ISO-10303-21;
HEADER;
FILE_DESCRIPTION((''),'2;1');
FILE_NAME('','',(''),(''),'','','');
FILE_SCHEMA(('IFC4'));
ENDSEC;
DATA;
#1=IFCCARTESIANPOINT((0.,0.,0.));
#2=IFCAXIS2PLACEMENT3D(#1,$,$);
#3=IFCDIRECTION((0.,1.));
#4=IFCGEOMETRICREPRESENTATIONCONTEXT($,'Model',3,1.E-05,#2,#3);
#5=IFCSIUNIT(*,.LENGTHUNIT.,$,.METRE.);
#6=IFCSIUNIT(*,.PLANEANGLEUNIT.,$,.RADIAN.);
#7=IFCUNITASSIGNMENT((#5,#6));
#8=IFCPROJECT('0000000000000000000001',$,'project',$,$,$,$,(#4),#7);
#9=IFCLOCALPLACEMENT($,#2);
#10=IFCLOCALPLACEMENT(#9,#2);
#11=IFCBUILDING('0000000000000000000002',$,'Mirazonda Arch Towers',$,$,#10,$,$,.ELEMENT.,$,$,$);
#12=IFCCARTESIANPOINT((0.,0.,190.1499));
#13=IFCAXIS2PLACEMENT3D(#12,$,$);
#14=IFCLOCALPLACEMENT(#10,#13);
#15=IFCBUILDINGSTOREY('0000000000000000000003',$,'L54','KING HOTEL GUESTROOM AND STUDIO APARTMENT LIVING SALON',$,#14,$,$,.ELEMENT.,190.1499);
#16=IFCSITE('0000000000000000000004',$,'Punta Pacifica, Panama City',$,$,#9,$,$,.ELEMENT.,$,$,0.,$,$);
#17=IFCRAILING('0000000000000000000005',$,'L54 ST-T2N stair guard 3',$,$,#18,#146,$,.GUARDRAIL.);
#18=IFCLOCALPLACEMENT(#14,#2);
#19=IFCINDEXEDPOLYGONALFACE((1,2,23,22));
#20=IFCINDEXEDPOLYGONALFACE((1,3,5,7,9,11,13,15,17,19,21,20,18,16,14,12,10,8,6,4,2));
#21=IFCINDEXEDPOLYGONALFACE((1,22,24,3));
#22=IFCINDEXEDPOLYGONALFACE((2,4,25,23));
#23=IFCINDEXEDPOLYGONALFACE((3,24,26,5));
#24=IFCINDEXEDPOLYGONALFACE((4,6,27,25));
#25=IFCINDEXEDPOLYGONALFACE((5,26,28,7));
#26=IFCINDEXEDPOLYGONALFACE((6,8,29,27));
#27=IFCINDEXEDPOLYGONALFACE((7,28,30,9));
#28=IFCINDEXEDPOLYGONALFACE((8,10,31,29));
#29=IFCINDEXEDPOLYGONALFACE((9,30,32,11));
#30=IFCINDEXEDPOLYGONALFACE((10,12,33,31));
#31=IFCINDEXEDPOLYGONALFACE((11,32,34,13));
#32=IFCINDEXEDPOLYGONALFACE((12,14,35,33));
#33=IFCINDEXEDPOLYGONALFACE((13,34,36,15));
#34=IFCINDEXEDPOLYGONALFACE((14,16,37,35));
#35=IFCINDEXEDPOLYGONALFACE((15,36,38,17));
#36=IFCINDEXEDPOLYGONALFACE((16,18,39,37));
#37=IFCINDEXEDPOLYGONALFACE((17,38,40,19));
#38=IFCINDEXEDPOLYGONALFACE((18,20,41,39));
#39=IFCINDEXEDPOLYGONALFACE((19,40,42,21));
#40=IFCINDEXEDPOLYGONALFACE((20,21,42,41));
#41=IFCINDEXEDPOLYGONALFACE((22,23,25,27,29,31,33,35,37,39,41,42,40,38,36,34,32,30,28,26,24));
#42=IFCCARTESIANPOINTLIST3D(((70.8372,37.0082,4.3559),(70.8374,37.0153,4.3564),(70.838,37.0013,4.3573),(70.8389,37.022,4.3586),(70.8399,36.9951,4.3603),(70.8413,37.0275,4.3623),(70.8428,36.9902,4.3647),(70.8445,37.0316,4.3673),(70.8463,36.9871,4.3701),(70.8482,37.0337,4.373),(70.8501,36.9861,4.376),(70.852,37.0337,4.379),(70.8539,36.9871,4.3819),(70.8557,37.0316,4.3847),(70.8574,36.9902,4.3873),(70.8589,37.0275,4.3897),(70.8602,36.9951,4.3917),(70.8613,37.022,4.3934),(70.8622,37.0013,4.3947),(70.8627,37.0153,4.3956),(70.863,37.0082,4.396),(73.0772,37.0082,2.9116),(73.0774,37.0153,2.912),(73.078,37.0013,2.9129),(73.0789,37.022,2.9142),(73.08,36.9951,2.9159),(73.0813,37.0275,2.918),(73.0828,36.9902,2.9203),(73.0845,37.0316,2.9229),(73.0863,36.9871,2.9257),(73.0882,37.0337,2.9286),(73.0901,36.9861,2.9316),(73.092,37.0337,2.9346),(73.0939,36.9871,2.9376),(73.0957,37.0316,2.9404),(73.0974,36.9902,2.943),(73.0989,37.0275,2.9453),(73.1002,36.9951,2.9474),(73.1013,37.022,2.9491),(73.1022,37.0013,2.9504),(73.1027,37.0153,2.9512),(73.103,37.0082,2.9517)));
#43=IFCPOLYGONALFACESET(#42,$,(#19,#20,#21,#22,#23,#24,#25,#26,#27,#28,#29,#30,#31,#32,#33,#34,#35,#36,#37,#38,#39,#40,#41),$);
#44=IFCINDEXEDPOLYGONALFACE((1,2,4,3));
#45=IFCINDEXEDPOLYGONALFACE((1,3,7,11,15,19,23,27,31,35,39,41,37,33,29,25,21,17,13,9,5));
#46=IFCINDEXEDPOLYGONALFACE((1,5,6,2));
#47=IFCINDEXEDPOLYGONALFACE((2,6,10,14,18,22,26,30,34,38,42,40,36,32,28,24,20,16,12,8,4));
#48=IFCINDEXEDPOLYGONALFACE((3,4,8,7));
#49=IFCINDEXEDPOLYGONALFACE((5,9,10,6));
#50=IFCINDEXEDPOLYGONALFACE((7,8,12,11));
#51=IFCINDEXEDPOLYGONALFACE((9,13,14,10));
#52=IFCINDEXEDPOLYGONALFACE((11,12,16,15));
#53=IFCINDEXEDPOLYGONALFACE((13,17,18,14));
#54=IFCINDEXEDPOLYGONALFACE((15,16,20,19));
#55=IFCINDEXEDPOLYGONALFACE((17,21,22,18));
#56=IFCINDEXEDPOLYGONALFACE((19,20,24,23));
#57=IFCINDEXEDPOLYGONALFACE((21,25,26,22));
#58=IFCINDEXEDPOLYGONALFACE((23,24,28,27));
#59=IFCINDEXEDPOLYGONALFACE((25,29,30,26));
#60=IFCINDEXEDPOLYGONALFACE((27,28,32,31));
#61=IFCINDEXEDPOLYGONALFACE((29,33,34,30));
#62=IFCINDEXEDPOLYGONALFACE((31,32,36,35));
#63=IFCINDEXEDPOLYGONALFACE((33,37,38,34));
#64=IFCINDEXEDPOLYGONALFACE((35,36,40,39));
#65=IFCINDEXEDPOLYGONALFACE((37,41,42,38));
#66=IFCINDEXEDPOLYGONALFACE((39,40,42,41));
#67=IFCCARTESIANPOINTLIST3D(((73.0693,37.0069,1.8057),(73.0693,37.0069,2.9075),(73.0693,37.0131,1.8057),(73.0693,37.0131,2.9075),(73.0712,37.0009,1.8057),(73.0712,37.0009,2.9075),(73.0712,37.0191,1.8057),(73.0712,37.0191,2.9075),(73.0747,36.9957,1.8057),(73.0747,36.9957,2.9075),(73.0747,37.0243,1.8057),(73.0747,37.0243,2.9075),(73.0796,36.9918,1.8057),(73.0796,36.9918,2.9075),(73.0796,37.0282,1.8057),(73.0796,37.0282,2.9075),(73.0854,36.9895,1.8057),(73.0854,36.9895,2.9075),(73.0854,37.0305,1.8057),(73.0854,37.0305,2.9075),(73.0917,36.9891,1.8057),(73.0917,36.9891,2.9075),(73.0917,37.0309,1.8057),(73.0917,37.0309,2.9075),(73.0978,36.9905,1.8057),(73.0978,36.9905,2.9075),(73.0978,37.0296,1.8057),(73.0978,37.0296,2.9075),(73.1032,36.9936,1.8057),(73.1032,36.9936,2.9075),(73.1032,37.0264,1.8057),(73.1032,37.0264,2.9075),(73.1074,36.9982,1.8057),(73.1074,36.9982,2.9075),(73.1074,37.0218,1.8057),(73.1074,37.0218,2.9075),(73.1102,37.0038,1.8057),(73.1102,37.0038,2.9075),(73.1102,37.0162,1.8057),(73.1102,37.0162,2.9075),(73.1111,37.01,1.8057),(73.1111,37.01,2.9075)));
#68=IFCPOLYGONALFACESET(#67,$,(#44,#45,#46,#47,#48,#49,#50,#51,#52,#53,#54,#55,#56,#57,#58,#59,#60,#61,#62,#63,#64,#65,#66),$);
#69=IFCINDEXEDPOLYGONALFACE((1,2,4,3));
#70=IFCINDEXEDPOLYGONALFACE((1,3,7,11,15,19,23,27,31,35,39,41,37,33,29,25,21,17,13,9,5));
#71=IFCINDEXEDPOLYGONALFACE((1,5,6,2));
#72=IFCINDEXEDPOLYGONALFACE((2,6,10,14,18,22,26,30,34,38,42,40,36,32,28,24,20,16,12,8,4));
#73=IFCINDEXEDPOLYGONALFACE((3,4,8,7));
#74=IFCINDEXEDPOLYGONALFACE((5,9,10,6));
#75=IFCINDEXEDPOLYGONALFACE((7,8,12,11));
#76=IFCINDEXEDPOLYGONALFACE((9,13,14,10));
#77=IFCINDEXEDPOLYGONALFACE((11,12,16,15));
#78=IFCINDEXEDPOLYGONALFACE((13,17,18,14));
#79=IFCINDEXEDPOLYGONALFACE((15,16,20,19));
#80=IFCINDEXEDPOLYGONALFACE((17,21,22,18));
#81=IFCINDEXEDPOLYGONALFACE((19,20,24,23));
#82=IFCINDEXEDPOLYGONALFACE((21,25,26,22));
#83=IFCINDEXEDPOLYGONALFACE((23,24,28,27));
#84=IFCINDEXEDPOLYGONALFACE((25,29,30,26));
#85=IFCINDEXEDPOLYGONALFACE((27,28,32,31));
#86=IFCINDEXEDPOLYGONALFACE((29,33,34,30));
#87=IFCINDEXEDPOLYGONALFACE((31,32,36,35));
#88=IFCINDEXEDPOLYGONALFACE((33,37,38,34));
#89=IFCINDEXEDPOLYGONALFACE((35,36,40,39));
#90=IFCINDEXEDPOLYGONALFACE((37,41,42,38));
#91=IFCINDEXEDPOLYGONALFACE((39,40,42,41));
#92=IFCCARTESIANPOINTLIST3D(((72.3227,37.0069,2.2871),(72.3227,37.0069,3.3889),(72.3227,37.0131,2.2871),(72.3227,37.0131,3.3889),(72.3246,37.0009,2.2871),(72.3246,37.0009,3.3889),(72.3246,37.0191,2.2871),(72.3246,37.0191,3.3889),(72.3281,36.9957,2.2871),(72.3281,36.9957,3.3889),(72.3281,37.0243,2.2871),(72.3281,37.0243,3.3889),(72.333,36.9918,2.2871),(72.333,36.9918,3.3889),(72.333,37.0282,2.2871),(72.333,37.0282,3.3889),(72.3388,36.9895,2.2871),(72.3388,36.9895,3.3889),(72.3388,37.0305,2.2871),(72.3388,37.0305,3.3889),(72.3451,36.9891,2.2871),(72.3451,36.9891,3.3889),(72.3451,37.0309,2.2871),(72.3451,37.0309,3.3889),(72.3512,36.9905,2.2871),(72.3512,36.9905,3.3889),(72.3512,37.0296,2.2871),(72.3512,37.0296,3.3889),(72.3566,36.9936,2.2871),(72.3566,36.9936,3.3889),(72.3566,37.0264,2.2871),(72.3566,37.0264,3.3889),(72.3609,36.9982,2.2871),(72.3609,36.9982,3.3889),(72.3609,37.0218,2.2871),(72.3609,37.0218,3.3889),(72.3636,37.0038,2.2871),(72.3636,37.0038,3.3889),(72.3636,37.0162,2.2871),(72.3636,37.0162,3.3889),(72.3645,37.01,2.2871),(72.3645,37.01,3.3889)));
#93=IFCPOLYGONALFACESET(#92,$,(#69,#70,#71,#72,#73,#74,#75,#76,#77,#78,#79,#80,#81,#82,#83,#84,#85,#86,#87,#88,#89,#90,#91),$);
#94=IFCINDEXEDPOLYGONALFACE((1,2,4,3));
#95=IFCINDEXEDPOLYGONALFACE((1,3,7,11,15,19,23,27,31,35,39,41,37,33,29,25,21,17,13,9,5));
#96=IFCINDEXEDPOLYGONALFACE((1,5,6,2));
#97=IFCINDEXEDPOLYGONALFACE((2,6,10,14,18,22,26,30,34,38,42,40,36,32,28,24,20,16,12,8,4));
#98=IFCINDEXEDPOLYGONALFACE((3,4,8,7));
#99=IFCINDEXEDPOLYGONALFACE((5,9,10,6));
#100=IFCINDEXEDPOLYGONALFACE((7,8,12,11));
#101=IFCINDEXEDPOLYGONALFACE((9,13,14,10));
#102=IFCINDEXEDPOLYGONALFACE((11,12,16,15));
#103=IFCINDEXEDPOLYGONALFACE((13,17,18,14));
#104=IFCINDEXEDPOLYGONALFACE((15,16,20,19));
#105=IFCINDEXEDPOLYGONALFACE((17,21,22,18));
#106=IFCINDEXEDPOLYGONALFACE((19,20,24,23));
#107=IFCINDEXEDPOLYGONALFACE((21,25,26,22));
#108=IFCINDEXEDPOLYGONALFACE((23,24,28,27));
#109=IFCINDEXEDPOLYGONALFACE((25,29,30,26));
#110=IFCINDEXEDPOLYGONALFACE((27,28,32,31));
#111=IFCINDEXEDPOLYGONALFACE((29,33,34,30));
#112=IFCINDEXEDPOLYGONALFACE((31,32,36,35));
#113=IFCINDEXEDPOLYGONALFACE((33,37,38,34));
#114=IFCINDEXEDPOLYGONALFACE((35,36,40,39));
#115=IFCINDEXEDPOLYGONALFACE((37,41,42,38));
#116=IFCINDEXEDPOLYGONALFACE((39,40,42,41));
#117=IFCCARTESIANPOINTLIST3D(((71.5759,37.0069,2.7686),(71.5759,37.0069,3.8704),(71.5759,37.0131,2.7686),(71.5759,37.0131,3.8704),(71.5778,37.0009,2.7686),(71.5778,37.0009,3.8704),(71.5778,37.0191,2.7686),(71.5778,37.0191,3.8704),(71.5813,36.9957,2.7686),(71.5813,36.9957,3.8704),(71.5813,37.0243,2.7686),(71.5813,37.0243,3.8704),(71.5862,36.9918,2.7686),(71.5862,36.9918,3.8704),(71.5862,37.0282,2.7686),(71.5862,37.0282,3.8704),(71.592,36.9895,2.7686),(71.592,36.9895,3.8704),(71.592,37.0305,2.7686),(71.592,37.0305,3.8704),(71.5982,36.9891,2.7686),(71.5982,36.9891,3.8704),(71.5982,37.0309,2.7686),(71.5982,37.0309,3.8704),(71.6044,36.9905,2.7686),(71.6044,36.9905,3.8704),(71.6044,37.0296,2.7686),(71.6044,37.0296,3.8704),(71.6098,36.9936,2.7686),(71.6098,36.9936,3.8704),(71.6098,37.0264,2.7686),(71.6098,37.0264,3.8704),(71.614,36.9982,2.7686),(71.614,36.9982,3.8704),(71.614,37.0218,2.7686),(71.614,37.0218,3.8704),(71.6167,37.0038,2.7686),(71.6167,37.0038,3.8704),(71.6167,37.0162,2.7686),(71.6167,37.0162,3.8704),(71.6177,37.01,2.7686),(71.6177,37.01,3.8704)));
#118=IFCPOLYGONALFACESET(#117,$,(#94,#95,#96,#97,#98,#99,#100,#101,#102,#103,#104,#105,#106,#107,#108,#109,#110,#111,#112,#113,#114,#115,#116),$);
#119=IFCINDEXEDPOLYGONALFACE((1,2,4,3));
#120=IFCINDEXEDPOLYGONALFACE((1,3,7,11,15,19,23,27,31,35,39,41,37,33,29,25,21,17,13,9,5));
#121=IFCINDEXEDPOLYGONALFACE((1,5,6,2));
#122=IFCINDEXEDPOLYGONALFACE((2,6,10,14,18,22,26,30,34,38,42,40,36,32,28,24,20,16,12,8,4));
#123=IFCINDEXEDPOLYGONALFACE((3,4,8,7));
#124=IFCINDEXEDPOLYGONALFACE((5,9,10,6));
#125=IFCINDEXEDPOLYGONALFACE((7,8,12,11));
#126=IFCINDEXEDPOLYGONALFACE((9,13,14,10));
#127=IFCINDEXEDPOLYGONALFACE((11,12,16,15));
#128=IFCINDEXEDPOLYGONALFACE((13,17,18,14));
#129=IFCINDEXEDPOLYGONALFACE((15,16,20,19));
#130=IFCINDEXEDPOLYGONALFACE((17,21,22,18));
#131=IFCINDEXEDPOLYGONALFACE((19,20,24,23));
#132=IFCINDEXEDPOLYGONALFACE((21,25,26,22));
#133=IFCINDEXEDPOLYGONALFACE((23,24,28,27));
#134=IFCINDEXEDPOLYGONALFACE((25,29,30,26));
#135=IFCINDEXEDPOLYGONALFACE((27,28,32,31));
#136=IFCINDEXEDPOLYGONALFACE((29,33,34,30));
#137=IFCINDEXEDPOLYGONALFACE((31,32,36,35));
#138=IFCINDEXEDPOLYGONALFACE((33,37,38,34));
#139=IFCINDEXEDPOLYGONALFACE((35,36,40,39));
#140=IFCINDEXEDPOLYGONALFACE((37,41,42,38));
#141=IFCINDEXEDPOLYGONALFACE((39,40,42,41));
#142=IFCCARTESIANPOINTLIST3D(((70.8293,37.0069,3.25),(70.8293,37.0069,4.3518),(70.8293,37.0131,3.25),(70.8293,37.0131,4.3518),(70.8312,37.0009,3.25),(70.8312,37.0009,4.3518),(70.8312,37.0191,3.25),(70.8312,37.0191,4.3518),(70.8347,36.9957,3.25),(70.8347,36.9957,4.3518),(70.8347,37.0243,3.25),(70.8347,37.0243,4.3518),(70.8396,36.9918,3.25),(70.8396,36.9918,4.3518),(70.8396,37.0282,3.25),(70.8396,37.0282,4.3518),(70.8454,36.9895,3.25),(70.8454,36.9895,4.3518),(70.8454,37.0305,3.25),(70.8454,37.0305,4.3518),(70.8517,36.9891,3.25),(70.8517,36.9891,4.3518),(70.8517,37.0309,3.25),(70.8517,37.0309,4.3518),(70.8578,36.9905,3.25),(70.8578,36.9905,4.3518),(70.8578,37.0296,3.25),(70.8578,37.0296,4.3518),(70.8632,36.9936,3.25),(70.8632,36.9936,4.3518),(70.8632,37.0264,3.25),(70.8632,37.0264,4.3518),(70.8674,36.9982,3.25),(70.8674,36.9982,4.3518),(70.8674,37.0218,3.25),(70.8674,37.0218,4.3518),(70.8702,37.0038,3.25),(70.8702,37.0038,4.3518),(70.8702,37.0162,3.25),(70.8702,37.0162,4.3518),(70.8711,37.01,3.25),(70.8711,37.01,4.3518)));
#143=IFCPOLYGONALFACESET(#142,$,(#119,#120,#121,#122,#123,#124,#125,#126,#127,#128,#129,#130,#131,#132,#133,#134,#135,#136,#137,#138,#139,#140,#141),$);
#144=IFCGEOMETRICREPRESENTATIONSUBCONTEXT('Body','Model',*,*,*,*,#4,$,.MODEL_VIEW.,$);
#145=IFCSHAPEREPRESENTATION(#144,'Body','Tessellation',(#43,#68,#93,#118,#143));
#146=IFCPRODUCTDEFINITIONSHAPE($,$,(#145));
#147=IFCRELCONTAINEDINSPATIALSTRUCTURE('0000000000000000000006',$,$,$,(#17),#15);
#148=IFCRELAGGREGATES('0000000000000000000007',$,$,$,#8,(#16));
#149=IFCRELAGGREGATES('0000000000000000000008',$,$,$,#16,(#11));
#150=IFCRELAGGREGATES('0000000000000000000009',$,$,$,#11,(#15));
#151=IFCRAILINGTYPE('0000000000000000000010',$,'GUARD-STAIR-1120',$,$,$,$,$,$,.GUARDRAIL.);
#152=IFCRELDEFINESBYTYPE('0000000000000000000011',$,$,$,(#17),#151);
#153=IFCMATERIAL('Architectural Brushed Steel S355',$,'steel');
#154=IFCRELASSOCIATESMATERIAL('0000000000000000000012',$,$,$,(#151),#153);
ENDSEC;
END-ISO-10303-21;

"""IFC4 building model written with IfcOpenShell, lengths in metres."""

from ifc_helpers import new_model, si_unit, direction, frame, origin, origin_2d, place, context, subcontext, project, spatial, circle, extrude, material, type_object, element, save


model = new_model("IFC4")

# Units and contexts
model_context = context("Model", 3, precision=1e-05, world=origin(), true_north=direction((0.0, 1.0)))
body_context = subcontext(model_context, "Body", "Model", "MODEL_VIEW")
ifc_project = project(units=[si_unit("LENGTHUNIT", "METRE"), si_unit("PLANEANGLEUNIT", "RADIAN")], contexts=[model_context])

# Site, building, storey
site_placement = place(None, origin())
site = spatial("IfcSite", under=ifc_project, at=site_placement, Name="Punta Pacifica, Panama City", CompositionType="ELEMENT", RefElevation=0.0)
building_placement = place(site_placement, origin())
building = spatial("IfcBuilding", under=site, at=building_placement, Name="Mirazonda Arch Towers", CompositionType="ELEMENT")
storey_placement = place(building_placement, frame((0.0, 0.0, 190.1499)))
storey = spatial("IfcBuildingStorey", under=building, at=storey_placement, Name="L54", Description="KING HOTEL GUESTROOM AND STUDIO APARTMENT LIVING SALON", CompositionType="ELEMENT", Elevation=190.1499)

# Shared definitions
ifc_material_1 = material(Name="Architectural Brushed Steel S355", Category="steel")

# Railing
railing_type_1 = type_object("IfcRailingType", Name="GUARD-STAIR-1120", PredefinedType="GUARDRAIL", material=ifc_material_1)
railing_1_placement = place(storey_placement, frame((73.0901, 37.01, 1.8057)))
element("IfcRailing", 1, at=railing_1_placement, inside=storey, type_object=railing_type_1, Name="L54 ST-T2N stair guard 3", PredefinedType="GUARDRAIL", context=body_context, shape_type="SweptSolid", body=[
    extrude(circle(Radius=0.0239, at=origin_2d()), frame((0.0, 0.0, 1.126), z_axis=(-0.840437, 0.0, 0.54191), x_axis=(0.0, -1.0, 0.0)), (0.0, 0.0, 1.0), 2.6653),
    extrude(circle(Radius=0.021, at=origin_2d()), origin(), (0.0, 0.0, 1.0), 1.1018),
    extrude(circle(Radius=0.021, at=origin_2d()), frame((-0.7466, 0.0, 0.4814)), (0.0, 0.0, 1.0), 1.1018),
    extrude(circle(Radius=0.021, at=origin_2d()), frame((-1.4934, 0.0, 0.9629)), (0.0, 0.0, 1.0), 1.1018),
    extrude(circle(Radius=0.021, at=origin_2d()), frame((-2.24, 0.0, 1.4443)), (0.0, 0.0, 1.0), 1.1018),
])

save(model, "model.ifc")
